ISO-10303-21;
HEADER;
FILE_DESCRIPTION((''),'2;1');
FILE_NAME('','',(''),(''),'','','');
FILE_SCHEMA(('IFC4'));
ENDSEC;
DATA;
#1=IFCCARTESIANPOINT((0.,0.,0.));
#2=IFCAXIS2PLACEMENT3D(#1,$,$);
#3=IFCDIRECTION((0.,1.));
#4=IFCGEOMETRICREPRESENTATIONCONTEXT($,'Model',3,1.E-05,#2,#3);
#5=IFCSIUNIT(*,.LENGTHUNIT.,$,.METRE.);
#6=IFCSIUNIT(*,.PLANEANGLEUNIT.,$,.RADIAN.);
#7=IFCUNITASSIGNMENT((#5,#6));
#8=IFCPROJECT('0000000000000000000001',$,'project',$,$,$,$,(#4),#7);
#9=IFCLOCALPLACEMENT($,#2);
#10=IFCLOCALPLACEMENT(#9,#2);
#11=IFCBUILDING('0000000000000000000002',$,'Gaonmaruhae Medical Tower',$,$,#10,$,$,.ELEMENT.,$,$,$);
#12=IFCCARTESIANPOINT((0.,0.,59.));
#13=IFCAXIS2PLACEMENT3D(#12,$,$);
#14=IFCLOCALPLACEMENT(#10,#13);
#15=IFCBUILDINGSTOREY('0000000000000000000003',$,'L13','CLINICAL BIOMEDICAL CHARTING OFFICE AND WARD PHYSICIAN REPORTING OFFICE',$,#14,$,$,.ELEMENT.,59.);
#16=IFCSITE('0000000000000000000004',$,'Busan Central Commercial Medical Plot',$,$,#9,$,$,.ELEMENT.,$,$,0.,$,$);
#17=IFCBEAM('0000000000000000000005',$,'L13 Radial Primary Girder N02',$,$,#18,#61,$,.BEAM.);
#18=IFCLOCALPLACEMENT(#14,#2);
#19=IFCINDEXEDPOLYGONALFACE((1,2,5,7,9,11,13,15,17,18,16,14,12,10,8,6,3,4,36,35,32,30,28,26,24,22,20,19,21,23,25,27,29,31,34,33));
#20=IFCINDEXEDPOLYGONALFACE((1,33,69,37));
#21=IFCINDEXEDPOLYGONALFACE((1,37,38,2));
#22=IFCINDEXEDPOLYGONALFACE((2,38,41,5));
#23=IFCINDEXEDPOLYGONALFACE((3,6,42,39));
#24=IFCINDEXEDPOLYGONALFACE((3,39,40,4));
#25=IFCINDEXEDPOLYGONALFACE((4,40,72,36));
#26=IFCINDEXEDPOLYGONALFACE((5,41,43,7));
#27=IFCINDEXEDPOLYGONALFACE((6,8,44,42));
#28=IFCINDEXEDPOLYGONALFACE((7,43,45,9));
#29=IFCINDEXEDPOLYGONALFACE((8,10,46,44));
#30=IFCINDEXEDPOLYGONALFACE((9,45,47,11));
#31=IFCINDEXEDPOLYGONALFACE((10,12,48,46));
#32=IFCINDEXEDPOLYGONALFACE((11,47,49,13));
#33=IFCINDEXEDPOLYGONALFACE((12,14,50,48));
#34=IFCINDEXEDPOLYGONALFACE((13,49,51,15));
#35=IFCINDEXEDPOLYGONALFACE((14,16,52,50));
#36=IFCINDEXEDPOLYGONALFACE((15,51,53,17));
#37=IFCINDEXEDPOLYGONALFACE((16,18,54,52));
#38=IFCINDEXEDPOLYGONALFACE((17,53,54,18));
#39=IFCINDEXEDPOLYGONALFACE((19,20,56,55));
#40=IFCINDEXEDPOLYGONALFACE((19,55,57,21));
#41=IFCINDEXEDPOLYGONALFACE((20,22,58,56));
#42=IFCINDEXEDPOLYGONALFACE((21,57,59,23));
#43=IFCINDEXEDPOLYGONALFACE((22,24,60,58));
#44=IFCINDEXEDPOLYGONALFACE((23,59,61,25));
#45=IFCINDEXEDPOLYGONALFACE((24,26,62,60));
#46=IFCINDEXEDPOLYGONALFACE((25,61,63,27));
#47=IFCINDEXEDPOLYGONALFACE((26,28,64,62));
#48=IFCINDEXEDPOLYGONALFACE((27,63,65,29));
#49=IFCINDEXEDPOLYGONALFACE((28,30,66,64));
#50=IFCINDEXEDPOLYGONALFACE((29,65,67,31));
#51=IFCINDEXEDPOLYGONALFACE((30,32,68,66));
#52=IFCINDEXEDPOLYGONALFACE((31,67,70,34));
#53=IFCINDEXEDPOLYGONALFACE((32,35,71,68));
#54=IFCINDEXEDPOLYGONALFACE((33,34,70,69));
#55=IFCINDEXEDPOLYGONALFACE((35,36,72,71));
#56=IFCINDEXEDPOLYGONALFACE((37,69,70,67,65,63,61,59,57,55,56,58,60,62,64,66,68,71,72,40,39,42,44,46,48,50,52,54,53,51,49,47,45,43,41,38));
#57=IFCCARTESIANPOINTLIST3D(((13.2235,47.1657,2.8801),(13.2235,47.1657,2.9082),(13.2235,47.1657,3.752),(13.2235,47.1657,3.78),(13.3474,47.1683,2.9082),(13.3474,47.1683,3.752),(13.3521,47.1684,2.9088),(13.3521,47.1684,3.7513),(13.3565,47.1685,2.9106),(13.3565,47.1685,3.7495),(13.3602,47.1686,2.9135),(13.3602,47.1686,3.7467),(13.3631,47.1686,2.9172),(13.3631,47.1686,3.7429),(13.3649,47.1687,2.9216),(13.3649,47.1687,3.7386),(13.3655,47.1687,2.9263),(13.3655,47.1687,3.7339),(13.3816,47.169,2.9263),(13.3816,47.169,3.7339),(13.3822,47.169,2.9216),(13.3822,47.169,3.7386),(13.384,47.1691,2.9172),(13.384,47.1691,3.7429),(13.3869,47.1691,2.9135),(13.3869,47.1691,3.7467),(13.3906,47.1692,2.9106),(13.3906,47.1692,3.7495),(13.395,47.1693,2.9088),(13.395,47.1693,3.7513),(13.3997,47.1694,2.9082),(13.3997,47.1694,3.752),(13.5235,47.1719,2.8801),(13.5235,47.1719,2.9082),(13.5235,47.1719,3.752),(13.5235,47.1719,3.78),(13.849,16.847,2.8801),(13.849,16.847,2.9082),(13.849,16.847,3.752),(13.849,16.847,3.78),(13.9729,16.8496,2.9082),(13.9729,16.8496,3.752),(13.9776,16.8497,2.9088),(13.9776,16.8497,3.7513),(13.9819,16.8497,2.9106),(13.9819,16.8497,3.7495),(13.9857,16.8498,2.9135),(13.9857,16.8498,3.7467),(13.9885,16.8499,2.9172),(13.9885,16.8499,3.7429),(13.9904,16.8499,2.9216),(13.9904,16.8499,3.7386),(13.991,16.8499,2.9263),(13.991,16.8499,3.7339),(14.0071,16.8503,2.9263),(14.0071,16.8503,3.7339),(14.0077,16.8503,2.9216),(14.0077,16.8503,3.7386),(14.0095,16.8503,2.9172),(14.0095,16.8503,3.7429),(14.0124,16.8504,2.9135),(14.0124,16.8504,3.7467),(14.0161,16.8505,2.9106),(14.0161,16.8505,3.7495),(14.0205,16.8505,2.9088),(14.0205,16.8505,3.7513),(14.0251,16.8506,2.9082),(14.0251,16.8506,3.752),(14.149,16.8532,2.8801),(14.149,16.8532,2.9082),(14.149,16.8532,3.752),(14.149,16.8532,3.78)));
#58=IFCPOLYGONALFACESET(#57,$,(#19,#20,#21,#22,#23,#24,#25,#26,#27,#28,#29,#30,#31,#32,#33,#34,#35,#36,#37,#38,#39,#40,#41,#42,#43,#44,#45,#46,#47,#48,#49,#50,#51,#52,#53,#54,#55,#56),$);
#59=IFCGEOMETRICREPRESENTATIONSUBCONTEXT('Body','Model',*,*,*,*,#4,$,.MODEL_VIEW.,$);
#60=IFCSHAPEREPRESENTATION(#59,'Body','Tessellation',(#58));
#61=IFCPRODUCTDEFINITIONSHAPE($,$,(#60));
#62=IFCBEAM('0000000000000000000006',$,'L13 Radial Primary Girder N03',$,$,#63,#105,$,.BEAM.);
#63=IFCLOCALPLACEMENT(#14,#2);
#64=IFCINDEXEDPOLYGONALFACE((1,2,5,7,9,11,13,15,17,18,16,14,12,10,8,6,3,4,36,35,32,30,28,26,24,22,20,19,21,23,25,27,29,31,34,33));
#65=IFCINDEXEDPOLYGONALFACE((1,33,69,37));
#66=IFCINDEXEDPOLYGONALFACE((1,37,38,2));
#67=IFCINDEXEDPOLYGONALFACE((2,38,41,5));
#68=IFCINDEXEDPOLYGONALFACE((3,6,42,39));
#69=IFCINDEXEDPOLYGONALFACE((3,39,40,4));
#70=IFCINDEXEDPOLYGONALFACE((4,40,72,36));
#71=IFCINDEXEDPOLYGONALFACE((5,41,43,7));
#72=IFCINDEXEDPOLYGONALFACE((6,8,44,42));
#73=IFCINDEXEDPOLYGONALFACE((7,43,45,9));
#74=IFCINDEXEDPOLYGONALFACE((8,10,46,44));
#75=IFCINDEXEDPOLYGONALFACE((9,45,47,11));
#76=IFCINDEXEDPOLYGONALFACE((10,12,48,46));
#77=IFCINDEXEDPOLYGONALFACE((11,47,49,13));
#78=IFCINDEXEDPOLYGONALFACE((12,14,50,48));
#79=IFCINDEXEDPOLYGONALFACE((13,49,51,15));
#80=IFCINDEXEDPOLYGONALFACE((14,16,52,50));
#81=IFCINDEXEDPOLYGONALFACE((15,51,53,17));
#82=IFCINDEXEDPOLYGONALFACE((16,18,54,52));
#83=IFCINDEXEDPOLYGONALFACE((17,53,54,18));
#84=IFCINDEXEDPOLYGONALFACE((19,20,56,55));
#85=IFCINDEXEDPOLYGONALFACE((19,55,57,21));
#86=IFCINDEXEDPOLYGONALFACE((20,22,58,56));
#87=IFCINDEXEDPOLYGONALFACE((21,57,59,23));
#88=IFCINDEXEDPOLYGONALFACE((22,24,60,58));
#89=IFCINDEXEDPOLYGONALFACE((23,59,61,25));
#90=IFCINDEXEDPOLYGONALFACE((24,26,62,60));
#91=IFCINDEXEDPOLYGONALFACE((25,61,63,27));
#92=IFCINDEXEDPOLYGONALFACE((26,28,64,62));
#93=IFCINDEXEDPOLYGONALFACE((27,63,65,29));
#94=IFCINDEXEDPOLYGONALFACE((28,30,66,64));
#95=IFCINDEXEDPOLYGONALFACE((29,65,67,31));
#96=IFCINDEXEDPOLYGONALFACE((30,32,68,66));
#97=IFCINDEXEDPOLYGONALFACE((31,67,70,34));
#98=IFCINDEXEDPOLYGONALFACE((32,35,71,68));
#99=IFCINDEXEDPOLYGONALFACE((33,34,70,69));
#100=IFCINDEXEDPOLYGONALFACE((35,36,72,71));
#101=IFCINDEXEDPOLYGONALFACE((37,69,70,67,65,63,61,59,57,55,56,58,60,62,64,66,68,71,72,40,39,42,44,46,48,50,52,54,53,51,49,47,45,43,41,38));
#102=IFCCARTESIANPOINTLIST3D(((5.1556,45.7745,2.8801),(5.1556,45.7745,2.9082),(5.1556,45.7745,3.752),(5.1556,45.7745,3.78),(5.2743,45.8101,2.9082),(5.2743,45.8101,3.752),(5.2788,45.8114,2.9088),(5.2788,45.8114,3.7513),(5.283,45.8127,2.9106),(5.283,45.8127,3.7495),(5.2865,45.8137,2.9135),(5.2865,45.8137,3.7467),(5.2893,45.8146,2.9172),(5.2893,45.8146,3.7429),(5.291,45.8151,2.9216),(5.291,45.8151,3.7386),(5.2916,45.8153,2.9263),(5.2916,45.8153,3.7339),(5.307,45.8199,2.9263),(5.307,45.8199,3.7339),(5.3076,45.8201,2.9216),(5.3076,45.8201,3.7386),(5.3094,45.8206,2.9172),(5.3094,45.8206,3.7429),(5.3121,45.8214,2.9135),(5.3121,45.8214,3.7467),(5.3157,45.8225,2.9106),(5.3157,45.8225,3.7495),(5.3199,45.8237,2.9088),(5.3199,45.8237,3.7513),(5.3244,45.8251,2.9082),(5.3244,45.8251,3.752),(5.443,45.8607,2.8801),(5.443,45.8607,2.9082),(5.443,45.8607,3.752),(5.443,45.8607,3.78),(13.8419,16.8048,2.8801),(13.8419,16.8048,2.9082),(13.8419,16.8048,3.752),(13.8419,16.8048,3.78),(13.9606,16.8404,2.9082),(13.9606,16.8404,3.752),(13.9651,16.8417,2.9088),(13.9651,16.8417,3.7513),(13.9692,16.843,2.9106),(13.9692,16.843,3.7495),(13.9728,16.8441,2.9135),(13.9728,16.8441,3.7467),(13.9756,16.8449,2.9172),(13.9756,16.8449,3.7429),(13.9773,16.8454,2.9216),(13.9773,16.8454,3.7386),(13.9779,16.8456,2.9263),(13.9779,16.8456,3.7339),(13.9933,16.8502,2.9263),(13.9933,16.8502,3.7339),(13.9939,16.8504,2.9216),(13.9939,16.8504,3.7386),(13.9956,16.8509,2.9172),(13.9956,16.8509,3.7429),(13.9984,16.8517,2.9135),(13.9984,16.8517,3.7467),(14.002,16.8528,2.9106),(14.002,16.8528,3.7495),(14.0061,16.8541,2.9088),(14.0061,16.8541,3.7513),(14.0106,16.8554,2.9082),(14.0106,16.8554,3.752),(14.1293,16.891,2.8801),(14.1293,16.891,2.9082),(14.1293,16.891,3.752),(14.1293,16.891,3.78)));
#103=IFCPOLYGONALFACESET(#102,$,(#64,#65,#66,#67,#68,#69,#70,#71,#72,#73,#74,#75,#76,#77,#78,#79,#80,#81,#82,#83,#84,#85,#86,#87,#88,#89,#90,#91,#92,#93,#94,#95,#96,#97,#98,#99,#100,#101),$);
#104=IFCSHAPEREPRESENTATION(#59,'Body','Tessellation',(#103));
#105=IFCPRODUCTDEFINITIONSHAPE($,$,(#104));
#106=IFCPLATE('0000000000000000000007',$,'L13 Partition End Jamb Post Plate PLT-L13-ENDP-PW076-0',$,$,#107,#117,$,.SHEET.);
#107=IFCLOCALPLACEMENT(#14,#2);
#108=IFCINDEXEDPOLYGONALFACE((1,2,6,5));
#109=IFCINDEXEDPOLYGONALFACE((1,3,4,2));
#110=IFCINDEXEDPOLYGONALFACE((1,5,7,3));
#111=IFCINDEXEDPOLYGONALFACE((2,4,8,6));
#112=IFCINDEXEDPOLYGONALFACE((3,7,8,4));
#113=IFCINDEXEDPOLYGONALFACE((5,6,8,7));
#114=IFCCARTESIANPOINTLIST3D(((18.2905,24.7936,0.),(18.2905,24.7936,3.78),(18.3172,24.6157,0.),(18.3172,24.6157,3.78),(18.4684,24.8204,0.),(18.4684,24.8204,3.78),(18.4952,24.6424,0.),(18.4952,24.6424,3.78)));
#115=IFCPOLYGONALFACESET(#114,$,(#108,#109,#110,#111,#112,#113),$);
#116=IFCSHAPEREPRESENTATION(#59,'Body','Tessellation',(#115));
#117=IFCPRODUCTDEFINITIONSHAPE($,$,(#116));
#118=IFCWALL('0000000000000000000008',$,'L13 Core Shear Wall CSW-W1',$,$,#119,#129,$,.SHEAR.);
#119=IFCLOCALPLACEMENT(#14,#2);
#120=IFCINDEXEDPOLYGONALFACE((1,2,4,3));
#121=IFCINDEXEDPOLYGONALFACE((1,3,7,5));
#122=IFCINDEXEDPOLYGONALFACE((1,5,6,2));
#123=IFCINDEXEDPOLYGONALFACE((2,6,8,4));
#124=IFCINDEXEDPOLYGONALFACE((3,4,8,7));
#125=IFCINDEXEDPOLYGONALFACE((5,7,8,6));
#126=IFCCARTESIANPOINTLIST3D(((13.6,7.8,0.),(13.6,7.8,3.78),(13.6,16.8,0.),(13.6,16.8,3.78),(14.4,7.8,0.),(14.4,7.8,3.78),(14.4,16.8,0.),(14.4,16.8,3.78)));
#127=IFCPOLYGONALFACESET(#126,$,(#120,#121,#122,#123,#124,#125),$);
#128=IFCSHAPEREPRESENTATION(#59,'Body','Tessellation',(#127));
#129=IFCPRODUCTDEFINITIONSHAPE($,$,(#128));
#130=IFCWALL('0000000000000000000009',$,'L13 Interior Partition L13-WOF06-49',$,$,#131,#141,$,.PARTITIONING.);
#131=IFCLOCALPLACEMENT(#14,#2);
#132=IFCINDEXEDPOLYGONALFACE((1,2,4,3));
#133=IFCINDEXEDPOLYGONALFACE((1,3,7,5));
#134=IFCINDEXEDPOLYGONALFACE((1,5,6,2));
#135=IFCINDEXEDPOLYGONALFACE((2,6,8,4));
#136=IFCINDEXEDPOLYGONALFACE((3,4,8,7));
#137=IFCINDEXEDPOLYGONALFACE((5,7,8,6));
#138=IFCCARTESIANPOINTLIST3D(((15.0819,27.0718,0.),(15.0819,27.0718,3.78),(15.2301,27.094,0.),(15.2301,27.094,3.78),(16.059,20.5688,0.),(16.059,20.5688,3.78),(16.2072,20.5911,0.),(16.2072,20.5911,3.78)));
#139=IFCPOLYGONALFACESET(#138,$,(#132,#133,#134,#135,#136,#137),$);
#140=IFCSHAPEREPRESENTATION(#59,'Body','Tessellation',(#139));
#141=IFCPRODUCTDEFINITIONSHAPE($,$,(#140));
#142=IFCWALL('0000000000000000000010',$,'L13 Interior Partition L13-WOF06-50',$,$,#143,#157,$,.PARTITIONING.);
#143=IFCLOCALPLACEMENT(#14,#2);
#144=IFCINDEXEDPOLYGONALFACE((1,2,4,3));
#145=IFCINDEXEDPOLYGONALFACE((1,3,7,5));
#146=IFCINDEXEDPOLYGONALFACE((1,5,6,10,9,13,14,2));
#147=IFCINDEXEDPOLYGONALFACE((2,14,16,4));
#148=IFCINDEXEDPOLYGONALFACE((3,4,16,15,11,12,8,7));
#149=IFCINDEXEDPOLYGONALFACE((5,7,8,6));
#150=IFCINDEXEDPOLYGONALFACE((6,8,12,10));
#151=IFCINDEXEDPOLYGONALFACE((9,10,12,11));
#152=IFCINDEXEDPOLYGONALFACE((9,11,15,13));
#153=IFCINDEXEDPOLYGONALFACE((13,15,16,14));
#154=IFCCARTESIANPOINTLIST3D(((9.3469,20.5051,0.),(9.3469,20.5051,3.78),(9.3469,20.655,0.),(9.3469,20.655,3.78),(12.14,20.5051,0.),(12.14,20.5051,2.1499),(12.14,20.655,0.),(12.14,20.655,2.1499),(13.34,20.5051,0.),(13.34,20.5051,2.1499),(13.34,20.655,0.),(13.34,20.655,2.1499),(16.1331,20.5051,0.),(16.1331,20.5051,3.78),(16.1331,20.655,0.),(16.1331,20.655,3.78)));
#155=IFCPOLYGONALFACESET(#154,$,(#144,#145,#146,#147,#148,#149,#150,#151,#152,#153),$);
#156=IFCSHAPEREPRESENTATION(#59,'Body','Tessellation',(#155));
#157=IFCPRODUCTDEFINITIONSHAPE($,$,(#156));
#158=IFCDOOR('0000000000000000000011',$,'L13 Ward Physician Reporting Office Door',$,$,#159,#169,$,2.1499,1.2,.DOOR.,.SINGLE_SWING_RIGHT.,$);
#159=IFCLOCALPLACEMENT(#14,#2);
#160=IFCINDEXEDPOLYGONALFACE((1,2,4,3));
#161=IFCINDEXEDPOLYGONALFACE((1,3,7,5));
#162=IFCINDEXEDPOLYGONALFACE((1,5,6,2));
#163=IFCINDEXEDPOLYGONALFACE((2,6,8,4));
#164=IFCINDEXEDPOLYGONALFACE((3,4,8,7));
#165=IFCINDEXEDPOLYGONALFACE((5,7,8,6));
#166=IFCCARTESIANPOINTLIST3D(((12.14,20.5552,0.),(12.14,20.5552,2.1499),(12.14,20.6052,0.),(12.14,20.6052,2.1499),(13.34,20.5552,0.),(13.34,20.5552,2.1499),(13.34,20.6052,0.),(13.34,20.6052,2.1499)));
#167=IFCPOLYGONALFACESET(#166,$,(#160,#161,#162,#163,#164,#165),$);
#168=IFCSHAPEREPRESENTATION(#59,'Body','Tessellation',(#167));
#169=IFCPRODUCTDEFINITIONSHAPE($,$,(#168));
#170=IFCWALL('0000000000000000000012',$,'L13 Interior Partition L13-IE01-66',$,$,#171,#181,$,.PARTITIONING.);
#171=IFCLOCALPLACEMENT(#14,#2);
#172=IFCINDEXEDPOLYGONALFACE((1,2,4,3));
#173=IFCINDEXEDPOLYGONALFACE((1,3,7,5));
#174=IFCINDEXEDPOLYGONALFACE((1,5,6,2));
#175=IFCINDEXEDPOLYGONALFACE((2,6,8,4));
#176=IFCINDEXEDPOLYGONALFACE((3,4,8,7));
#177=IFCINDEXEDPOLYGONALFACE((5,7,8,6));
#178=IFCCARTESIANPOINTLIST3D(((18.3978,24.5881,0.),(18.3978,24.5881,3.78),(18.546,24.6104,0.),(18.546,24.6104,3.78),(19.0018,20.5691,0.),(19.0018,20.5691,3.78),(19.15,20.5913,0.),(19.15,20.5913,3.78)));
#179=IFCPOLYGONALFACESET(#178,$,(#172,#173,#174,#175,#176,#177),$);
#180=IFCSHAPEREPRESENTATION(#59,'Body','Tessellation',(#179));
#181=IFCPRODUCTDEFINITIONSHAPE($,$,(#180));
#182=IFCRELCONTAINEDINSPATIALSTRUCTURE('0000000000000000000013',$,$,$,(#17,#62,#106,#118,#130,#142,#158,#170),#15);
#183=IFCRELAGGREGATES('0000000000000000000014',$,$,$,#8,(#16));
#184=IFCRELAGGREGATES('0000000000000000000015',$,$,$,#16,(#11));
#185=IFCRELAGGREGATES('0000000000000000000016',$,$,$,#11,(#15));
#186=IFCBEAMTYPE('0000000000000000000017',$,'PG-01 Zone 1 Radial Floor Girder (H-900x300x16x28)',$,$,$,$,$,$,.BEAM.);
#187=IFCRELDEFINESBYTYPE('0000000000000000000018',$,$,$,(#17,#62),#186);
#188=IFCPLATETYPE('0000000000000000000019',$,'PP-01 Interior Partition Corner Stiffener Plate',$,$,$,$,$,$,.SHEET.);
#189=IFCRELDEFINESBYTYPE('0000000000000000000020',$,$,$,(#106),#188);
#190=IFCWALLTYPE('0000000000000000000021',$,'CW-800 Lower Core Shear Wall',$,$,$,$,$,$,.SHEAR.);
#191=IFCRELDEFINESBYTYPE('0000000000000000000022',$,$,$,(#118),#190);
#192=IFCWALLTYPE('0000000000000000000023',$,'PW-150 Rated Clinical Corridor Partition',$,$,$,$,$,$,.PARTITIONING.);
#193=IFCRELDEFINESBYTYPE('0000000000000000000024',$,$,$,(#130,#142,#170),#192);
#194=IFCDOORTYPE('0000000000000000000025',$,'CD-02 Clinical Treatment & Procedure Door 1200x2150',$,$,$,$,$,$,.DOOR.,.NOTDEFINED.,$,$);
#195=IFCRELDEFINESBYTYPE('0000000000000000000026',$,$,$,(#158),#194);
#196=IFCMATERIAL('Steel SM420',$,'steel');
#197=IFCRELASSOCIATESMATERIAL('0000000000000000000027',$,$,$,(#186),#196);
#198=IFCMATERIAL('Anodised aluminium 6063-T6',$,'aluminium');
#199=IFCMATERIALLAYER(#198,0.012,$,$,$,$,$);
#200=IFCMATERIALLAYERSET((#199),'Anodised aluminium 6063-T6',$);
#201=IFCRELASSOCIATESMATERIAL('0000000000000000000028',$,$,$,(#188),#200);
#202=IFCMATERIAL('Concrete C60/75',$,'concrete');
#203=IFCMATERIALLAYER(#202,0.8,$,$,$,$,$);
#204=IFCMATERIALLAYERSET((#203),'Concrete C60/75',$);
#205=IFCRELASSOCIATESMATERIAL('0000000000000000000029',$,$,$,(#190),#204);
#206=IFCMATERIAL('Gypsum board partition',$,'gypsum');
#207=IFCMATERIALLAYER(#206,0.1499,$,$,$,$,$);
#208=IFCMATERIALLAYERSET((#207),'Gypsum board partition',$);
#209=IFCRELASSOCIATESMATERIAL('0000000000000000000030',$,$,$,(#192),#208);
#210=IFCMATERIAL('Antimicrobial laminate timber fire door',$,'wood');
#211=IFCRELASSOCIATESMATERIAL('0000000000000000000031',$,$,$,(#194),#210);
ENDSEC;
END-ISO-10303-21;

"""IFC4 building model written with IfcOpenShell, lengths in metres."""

from ifc_helpers import new_model, si_unit, direction, frame, frame_2d, origin, origin_2d, place, context, subcontext, project, spatial, rectangle, i_section, extrude, material, layer, layer_set, material_profile, profile_set, type_object, element, fill, save


model = new_model("IFC4")

# Units and contexts
model_context = context("Model", 3, precision=1e-05, world=origin(), true_north=direction((0.0, 1.0)))
body_context = subcontext(model_context, "Body", "Model", "MODEL_VIEW")
ifc_project = project(units=[si_unit("LENGTHUNIT", "METRE"), si_unit("PLANEANGLEUNIT", "RADIAN")], contexts=[model_context])

# Site, building, storey
site_placement = place(None, origin())
site = spatial("IfcSite", under=ifc_project, at=site_placement, Name="Busan Central Commercial Medical Plot", CompositionType="ELEMENT", RefElevation=0.0)
building_placement = place(site_placement, origin())
building = spatial("IfcBuilding", under=site, at=building_placement, Name="Gaonmaruhae Medical Tower", CompositionType="ELEMENT")
storey_placement = place(building_placement, frame((0.0, 0.0, 59.0)))
storey = spatial("IfcBuildingStorey", under=building, at=storey_placement, Name="L13", Description="CLINICAL BIOMEDICAL CHARTING OFFICE AND WARD PHYSICIAN REPORTING OFFICE", CompositionType="ELEMENT", Elevation=59.0)

# Shared definitions
ifc_material_1 = material(Name="Concrete C60/75", Category="concrete")

# Beams
ifc_material_2 = material(Name="Steel SM420", Category="steel")
ifc_material_profile_1 = material_profile(ifc_material_2, i_section(OverallWidth=0.3, OverallDepth=0.8999, WebThickness=0.0161, FlangeThickness=0.0281, FilletRadius=0.0181, at=origin_2d()), Name="H-900x300x16x28")
ifc_profile_set_1 = profile_set([ifc_material_profile_1], Name="Steel SM420")
beam_type_1 = type_object("IfcBeamType", Name="PG-01 Zone 1 Radial Floor Girder (H-900x300x16x28)", PredefinedType="BEAM", material=ifc_profile_set_1)
beam_1_placement = place(storey_placement, frame((13.999, 16.8501, 3.3301), z_axis=(-0.020626, 0.999787, 0.0), x_axis=(-0.999787, -0.020626, 0.0)))
element("IfcBeam", 1, at=beam_1_placement, inside=storey, type_object=beam_type_1, Name="L13 Radial Primary Girder N02", PredefinedType="BEAM", context=body_context, shape_type="SweptSolid", body=[
    extrude(i_section(OverallWidth=0.3, OverallDepth=0.8999, WebThickness=0.0161, FlangeThickness=0.0281, FilletRadius=0.0181, at=origin_2d()), origin(), (0.0, 0.0, 1.0), 30.3252),
])
beam_2_placement = place(storey_placement, frame((13.9856, 16.8479, 3.3301), z_axis=(-0.287207, 0.957868, 0.0), x_axis=(-0.957868, -0.287207, 0.0)))
element("IfcBeam", 2, at=beam_2_placement, inside=storey, type_object=beam_type_1, Name="L13 Radial Primary Girder N03", PredefinedType="BEAM", context=body_context, shape_type="SweptSolid", body=[
    extrude(i_section(OverallWidth=0.3, OverallDepth=0.8999, WebThickness=0.0161, FlangeThickness=0.0281, FilletRadius=0.0181, at=origin_2d()), origin(), (0.0, 0.0, 1.0), 30.2439),
])

# Plate
ifc_material_3 = material(Name="Anodised aluminium 6063-T6", Category="aluminium")
ifc_layer_1 = layer(ifc_material_3, 0.012)
ifc_layer_set_1 = layer_set([ifc_layer_1], Name="Anodised aluminium 6063-T6")
plate_type = type_object("IfcPlateType", Name="PP-01 Interior Partition Corner Stiffener Plate", PredefinedType="SHEET", material=ifc_layer_set_1)
plate_placement = place(storey_placement, frame((18.3928, 24.718, 0.0), z_axis=(0.0, 0.0, 1.0), x_axis=(-0.148672, 0.988886, 0.0)))
element("IfcPlate", 3, at=plate_placement, inside=storey, type_object=plate_type, Name="L13 Partition End Jamb Post Plate PLT-L13-ENDP-PW076-0", PredefinedType="SHEET", context=body_context, shape_type="SweptSolid", body=[
    extrude(rectangle(XDim=0.1799, YDim=0.1799, at=origin_2d()), origin(), (0.0, 0.0, 1.0), 3.78),
])

# Walls
ifc_layer_2 = layer(ifc_material_1, 0.8)
ifc_layer_set_2 = layer_set([ifc_layer_2], Name="Concrete C60/75")
wall_type_1 = type_object("IfcWallType", Name="CW-800 Lower Core Shear Wall", PredefinedType="SHEAR", material=ifc_layer_set_2)
wall_1_placement = place(storey_placement, frame((14.0, 16.8, 0.0), z_axis=(0.0, 0.0, 1.0), x_axis=(0.0, -1.0, 0.0)))
element("IfcWall", 4, at=wall_1_placement, inside=storey, type_object=wall_type_1, Name="L13 Core Shear Wall CSW-W1", PredefinedType="SHEAR", context=body_context, shape_type="SweptSolid", body=[
    extrude(rectangle(XDim=9.0, YDim=0.8, at=frame_2d((4.5, 0.0))), origin(), (0.0, 0.0, 1.0), 3.78),
])
ifc_material_4 = material(Name="Gypsum board partition", Category="gypsum")
ifc_layer_3 = layer(ifc_material_4, 0.1499)
ifc_layer_set_3 = layer_set([ifc_layer_3], Name="Gypsum board partition")
wall_type_2 = type_object("IfcWallType", Name="PW-150 Rated Clinical Corridor Partition", PredefinedType="PARTITIONING", material=ifc_layer_set_3)
wall_2_placement = place(storey_placement, frame((15.156, 27.083, 0.0), z_axis=(0.0, 0.0, 1.0), x_axis=(0.14858, -0.9889, 0.0)))
element("IfcWall", 5, at=wall_2_placement, inside=storey, type_object=wall_type_2, Name="L13 Interior Partition L13-WOF06-49", PredefinedType="PARTITIONING", context=body_context, shape_type="SweptSolid", body=[
    extrude(rectangle(XDim=6.5759, YDim=0.1499, at=frame_2d((3.2881, 0.0))), origin(), (0.0, 0.0, 1.0), 3.78),
])

# Wall, opening, door
wall_3_placement = place(storey_placement, frame((16.1331, 20.5801, 0.0), z_axis=(0.0, 0.0, 1.0), x_axis=(-1.0, 0.0, 0.0)))
wall_3 = element("IfcWall", 6, at=wall_3_placement, inside=storey, type_object=wall_type_2, Name="L13 Interior Partition L13-WOF06-50", PredefinedType="PARTITIONING", context=body_context, shape_type="SweptSolid", body=[
    extrude(rectangle(XDim=6.7861, YDim=0.1499, at=frame_2d((3.3931, 0.0))), origin(), (0.0, 0.0, 1.0), 3.78),
])
opening_1_placement = place(wall_3_placement, frame((2.793, 0.0, 0.0)))
opening_1 = element("IfcOpeningElement", 7, at=opening_1_placement, cuts=wall_3, PredefinedType="OPENING", context=body_context, shape_type="SweptSolid", body=[
    extrude(rectangle(XDim=1.2, YDim=2.1499, at=frame_2d((0.6001, 1.075))), frame((0.0, 0.085, 0.0), z_axis=(0.0, -1.0, 0.0), x_axis=(1.0, 0.0, 0.0)), (0.0, 0.0, 1.0), 0.1699),
])
ifc_material_5 = material(Name="Antimicrobial laminate timber fire door", Category="wood")
door_type_1 = type_object("IfcDoorType", Name="CD-02 Clinical Treatment & Procedure Door 1200x2150", OperationType="NOTDEFINED", PredefinedType="DOOR", material=ifc_material_5)
door_1_placement = place(opening_1_placement, origin())
door_1 = element("IfcDoor", 8, at=door_1_placement, inside=storey, type_object=door_type_1, Name="L13 Ward Physician Reporting Office Door", OperationType="SINGLE_SWING_RIGHT", OverallHeight=2.1499, OverallWidth=1.2, PredefinedType="DOOR", context=body_context, shape_type="SweptSolid", body=[
    extrude(rectangle(XDim=1.2, YDim=2.1499, at=frame_2d((0.6001, 1.075))), frame((0.0, 0.0249, 0.0), z_axis=(0.0, -1.0, 0.0), x_axis=(1.0, 0.0, 0.0)), (0.0, 0.0, 1.0), 0.05),
])
fill(opening_1, door_1)

# Wall
wall_4_placement = place(storey_placement, frame((19.0759, 20.5801, 0.0), z_axis=(0.0, 0.0, 1.0), x_axis=(-0.148617, 0.988895, 0.0)))
element("IfcWall", 9, at=wall_4_placement, inside=storey, type_object=wall_type_2, Name="L13 Interior Partition L13-IE01-66", PredefinedType="PARTITIONING", context=body_context, shape_type="SweptSolid", body=[
    extrude(rectangle(XDim=4.0642, YDim=0.1499, at=frame_2d((2.0322, 0.0))), origin(), (0.0, 0.0, 1.0), 3.78),
])

save(model, "model.ifc")
